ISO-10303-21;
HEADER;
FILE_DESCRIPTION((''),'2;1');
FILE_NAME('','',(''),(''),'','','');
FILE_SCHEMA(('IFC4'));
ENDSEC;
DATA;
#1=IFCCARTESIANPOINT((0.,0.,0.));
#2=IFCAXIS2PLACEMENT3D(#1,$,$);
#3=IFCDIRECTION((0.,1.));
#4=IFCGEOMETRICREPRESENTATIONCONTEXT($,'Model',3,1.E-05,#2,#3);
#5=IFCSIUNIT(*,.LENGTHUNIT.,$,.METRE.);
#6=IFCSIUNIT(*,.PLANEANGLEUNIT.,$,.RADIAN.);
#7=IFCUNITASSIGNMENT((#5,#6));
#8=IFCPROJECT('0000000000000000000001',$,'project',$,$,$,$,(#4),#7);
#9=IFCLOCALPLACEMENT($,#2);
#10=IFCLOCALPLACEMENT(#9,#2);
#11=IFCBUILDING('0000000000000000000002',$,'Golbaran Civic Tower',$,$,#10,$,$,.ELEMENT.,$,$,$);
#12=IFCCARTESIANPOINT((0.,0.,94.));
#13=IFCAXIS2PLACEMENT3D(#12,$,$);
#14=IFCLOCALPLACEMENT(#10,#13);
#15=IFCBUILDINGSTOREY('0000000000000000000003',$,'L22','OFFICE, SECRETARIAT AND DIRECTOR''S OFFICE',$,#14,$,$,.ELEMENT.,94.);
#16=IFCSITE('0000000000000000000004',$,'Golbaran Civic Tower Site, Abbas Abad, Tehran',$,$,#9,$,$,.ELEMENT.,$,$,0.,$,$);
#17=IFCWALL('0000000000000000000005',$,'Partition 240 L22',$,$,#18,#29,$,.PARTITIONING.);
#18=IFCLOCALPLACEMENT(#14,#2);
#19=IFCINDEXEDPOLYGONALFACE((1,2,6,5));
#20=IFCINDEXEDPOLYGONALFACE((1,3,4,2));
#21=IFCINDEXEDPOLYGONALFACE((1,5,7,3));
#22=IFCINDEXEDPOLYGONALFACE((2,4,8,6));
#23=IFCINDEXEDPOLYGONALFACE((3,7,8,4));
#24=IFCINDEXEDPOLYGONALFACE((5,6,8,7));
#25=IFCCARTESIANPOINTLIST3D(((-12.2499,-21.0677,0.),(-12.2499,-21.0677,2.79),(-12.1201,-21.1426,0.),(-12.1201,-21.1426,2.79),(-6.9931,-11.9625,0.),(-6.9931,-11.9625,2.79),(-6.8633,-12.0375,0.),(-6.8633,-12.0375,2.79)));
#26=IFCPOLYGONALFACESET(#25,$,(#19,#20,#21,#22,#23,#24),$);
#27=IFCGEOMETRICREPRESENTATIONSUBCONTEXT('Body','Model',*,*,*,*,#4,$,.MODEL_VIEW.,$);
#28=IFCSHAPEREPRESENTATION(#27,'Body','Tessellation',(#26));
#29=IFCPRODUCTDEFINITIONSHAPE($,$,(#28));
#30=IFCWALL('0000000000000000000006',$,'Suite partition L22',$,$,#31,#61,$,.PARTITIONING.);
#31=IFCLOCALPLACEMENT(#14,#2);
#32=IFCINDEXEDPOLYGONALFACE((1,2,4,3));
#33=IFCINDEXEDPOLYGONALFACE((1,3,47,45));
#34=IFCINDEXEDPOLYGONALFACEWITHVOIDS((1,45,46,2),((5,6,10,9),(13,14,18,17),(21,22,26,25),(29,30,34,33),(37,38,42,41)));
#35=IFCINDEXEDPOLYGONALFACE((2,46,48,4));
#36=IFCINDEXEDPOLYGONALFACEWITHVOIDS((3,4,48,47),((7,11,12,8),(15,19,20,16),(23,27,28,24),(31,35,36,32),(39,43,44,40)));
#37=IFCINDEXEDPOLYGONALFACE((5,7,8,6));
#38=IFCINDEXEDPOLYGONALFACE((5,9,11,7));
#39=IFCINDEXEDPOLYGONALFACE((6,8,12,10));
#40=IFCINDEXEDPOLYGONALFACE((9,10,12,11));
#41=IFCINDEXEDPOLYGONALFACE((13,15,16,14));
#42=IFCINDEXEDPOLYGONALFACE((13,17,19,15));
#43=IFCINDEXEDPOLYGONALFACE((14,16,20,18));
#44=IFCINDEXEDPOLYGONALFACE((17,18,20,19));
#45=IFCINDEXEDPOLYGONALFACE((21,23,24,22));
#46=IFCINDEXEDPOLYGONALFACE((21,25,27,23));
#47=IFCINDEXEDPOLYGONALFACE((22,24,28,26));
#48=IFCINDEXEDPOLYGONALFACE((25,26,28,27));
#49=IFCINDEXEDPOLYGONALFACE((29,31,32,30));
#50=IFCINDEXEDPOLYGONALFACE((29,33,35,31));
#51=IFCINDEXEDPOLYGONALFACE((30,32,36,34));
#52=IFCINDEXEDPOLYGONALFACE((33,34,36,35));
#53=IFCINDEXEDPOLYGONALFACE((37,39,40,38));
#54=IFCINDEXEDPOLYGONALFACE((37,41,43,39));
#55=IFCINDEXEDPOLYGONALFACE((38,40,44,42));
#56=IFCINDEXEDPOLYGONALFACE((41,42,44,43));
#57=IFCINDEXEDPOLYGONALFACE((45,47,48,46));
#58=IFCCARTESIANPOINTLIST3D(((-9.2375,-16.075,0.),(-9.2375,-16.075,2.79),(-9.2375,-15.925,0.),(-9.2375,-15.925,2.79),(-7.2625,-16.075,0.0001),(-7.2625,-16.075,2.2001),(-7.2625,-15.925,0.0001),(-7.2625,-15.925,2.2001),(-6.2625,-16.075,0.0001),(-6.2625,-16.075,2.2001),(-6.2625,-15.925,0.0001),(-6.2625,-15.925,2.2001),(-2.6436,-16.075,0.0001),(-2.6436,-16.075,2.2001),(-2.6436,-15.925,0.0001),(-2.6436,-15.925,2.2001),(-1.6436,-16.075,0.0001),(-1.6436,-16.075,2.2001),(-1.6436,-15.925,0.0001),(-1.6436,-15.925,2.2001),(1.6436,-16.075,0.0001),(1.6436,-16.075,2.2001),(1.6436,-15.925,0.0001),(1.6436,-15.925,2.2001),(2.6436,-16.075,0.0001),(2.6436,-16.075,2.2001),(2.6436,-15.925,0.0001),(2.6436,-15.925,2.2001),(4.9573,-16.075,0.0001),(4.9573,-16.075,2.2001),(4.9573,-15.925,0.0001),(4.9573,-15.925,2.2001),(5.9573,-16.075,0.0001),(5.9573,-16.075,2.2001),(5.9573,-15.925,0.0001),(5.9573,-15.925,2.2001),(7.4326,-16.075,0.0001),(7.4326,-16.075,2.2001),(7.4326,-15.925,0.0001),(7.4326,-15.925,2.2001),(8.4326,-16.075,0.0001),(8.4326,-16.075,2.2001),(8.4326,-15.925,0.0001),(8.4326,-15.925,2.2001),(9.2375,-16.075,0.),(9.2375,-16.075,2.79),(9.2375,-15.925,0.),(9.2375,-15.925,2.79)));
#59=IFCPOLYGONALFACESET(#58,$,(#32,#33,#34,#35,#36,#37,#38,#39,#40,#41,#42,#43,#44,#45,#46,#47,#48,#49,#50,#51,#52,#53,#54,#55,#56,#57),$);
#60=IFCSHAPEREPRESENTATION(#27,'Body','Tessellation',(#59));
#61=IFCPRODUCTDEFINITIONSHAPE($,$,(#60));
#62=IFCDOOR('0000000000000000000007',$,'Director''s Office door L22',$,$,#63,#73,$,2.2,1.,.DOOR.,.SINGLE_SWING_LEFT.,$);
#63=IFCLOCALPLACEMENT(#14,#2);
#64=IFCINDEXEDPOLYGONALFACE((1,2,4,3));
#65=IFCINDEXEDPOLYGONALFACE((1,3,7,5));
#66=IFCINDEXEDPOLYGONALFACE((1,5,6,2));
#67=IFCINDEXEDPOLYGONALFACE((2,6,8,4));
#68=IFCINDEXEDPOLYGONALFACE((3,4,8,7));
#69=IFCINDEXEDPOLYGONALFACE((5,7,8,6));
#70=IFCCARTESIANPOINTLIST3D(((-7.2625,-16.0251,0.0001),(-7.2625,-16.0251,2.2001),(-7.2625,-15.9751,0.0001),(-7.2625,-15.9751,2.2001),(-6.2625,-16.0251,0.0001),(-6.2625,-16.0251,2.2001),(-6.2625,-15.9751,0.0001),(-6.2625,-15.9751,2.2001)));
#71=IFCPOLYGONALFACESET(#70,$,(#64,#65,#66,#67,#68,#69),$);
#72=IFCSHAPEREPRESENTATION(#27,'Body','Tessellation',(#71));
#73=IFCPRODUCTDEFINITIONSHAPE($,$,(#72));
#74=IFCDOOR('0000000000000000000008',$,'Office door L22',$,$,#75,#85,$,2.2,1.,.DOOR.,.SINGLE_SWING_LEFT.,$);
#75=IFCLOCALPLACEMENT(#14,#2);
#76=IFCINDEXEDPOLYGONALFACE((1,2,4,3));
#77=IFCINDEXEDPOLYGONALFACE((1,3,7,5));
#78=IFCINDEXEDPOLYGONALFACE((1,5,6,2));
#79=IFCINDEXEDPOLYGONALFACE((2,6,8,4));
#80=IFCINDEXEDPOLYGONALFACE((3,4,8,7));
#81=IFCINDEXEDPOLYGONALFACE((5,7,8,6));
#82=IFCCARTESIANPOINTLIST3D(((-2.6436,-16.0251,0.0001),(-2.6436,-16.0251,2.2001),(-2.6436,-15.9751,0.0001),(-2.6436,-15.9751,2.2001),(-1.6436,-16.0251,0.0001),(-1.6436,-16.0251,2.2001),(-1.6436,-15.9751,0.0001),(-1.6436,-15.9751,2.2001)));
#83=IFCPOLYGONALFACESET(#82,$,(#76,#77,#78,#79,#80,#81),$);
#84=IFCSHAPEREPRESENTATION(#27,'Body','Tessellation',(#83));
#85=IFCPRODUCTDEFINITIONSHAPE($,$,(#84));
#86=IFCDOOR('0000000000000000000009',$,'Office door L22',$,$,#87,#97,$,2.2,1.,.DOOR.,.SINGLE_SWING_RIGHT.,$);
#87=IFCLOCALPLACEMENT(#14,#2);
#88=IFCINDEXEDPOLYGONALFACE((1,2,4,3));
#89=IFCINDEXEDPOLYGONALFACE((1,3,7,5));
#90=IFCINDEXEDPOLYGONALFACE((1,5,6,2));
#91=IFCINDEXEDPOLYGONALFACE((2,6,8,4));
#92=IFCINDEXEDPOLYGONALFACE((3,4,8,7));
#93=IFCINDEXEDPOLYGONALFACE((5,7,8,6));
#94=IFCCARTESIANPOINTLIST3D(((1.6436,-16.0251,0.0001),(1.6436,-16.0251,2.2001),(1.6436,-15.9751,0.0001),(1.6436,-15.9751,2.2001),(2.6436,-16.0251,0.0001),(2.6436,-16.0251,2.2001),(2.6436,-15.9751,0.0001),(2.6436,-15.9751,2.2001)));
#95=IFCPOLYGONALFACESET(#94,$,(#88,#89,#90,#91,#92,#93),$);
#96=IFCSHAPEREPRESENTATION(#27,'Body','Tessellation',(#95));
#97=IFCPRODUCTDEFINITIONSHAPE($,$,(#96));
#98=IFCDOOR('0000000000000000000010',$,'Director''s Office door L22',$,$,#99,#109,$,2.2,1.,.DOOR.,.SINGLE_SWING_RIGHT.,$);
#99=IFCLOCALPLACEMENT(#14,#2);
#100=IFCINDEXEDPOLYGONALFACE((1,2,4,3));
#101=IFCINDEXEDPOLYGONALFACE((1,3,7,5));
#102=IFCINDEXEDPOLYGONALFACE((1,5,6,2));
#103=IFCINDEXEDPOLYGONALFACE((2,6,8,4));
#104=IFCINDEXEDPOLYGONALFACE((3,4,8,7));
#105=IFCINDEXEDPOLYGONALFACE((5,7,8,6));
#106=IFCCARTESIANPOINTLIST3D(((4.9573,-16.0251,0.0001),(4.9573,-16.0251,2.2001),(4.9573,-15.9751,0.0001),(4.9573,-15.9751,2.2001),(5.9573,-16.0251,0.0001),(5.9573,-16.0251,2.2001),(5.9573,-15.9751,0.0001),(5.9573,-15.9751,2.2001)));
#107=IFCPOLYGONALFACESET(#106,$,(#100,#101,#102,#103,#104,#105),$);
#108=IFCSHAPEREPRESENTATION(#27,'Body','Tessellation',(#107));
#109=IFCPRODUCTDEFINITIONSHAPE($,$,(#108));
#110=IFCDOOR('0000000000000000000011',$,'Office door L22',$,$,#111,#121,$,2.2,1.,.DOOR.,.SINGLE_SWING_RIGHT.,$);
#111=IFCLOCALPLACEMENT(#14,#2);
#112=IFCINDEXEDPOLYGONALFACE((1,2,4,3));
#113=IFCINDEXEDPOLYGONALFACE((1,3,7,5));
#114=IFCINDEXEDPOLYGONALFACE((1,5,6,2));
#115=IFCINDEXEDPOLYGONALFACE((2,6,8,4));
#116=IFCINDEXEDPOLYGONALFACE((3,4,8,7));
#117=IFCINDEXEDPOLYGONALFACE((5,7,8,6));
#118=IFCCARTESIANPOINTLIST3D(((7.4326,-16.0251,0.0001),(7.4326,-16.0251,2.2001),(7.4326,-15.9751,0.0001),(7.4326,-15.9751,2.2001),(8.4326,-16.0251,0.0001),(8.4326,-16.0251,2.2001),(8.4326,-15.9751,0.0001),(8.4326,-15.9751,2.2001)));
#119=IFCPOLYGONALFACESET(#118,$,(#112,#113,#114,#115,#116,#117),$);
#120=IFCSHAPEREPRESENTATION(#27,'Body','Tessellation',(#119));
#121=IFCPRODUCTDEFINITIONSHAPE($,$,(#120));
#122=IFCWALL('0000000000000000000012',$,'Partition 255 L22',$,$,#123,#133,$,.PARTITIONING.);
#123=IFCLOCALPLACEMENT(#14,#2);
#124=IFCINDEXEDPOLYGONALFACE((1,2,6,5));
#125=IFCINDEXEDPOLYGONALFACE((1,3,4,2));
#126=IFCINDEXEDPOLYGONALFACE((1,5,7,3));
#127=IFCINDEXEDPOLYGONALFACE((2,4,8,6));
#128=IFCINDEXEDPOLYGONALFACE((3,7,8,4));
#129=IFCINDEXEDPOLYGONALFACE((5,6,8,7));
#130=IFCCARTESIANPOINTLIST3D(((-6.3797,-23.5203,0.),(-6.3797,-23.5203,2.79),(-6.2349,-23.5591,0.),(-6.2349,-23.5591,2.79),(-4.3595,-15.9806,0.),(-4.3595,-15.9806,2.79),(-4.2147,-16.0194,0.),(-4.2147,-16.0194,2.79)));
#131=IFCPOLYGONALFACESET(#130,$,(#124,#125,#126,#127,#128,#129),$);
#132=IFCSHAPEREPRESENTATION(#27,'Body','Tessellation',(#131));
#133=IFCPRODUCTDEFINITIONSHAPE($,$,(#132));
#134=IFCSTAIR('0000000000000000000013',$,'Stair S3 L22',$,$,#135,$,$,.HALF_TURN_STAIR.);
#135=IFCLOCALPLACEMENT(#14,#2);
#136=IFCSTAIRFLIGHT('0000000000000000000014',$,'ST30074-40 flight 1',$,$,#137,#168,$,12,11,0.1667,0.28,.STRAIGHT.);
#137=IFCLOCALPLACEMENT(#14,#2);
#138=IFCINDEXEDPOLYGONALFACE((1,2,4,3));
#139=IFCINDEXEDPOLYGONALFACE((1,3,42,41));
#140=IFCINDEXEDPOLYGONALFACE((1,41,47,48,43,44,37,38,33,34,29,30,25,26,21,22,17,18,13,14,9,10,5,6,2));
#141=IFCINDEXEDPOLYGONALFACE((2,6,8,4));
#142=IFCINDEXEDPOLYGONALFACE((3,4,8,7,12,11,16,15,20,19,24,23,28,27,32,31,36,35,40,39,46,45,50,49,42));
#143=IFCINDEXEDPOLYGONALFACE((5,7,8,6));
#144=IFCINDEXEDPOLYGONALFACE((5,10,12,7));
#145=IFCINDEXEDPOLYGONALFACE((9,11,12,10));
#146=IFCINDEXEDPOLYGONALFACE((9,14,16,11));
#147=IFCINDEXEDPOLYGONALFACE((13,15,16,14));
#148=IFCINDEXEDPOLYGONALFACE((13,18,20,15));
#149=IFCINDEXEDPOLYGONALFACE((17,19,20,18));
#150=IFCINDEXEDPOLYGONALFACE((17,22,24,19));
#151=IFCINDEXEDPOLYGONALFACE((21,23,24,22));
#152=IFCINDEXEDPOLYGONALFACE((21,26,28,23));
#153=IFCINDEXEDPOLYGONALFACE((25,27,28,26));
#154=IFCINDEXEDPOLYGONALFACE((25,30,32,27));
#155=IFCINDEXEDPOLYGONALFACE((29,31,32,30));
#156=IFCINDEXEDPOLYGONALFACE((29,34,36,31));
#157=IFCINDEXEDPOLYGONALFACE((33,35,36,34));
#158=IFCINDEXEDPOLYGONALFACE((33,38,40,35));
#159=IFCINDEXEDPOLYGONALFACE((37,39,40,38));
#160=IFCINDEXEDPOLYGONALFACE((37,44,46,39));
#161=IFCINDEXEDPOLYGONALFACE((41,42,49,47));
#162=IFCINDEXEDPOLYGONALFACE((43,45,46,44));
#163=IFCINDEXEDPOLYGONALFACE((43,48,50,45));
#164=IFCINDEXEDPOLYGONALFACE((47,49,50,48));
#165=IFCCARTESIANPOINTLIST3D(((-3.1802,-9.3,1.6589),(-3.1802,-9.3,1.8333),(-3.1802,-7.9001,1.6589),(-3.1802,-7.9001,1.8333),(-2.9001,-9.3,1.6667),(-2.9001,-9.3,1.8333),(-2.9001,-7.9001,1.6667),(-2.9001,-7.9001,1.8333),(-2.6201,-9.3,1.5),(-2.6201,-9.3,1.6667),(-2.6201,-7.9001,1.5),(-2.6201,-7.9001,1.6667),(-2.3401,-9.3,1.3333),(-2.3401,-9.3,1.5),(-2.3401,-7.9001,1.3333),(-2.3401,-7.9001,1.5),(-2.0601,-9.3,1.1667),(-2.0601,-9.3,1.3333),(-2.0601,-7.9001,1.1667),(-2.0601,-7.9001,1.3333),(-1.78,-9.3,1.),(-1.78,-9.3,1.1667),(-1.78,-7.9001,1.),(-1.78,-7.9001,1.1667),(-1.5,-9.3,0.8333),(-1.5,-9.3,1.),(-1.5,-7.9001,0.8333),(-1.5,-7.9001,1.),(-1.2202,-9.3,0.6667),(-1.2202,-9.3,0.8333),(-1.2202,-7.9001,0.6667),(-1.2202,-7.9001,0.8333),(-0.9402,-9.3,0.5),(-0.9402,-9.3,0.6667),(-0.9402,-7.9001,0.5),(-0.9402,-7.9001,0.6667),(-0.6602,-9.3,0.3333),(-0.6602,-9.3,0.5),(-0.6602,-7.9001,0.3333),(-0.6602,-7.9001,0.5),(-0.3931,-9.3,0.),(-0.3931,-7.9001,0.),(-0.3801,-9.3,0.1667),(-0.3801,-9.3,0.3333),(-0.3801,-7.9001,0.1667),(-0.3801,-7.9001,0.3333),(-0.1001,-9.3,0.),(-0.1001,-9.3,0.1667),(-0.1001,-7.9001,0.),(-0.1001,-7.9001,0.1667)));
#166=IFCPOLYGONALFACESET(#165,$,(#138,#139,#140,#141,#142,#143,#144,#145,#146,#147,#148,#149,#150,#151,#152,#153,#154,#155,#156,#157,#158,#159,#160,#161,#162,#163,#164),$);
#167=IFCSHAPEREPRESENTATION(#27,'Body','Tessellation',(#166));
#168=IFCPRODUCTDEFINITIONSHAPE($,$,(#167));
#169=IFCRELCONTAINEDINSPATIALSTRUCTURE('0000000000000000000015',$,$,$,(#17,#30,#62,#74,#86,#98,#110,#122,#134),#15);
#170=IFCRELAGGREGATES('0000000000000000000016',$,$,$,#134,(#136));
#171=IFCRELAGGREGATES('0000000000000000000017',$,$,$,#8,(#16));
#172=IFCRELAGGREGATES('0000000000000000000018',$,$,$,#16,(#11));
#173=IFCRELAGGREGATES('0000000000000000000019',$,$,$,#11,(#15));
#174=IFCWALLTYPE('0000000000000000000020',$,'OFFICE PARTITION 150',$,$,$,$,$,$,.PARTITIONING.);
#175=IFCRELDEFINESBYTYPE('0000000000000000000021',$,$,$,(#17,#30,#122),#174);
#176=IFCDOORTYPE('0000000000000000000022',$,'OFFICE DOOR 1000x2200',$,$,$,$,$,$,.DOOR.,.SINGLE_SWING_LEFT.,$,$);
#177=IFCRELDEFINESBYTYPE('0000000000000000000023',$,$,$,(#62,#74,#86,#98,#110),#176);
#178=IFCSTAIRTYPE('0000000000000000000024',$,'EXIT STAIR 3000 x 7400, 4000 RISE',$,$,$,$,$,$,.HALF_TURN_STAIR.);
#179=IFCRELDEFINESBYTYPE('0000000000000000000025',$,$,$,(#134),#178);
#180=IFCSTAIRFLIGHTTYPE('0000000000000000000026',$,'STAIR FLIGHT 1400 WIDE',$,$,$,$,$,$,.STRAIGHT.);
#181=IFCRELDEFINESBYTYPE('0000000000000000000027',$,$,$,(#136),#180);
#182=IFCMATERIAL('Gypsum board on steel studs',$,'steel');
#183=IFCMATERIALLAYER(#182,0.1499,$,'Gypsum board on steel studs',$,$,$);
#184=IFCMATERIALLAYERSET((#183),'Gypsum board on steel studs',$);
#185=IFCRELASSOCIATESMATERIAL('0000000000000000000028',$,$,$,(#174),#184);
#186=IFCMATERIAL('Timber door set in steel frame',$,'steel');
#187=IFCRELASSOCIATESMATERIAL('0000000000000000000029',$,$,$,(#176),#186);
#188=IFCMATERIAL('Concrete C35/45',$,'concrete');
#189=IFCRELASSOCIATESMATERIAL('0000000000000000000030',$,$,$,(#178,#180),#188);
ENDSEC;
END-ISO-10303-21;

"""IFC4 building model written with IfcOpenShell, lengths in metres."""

from ifc_helpers import new_model, si_unit, direction, frame, frame_2d, origin, place, context, subcontext, project, spatial, polyline, rectangle, outline, extrude, material, layer, layer_set, type_object, element, fill, aggregate, save


model = new_model("IFC4")

# Units and contexts
model_context = context("Model", 3, precision=1e-05, world=origin(), true_north=direction((0.0, 1.0)))
body_context = subcontext(model_context, "Body", "Model", "MODEL_VIEW")
ifc_project = project(units=[si_unit("LENGTHUNIT", "METRE"), si_unit("PLANEANGLEUNIT", "RADIAN")], contexts=[model_context])

# Site, building, storey
site_placement = place(None, origin())
site = spatial("IfcSite", under=ifc_project, at=site_placement, Name="Golbaran Civic Tower Site, Abbas Abad, Tehran", CompositionType="ELEMENT", RefElevation=0.0)
building_placement = place(site_placement, origin())
building = spatial("IfcBuilding", under=site, at=building_placement, Name="Golbaran Civic Tower", CompositionType="ELEMENT")
storey_placement = place(building_placement, frame((0.0, 0.0, 94.0)))
storey = spatial("IfcBuildingStorey", under=building, at=storey_placement, Name="L22", Description="OFFICE, SECRETARIAT AND DIRECTOR'S OFFICE", CompositionType="ELEMENT", Elevation=94.0)

# Shared definitions
ifc_material_1 = material(Name="Timber door set in steel frame", Category="steel")

# Wall
ifc_material_2 = material(Name="Gypsum board on steel studs", Category="steel")
ifc_layer_1 = layer(ifc_material_2, 0.1499, Name="Gypsum board on steel studs")
ifc_layer_set_1 = layer_set([ifc_layer_1], Name="Gypsum board on steel studs")
wall_type_1 = type_object("IfcWallType", Name="OFFICE PARTITION 150", PredefinedType="PARTITIONING", material=ifc_layer_set_1)
wall_1_placement = place(storey_placement, frame((-6.9282, -12.0, 0.0), z_axis=(0.0, 0.0, 1.0), x_axis=(-0.499995, -0.866028, 0.0)))
element("IfcWall", 1, at=wall_1_placement, inside=storey, type_object=wall_type_1, Name="Partition 240 L22", PredefinedType="PARTITIONING", context=body_context, shape_type="SweptSolid", body=[
    extrude(rectangle(XDim=10.5137, YDim=0.1499, at=frame_2d((5.2568, 0.0))), origin(), (0.0, 0.0, 1.0), 2.79),
])

# Wall, openings, doors
wall_2_placement = place(storey_placement, frame((-9.2375, -16.0, 0.0), z_axis=(0.0, 0.0, 1.0), x_axis=(1.0, 0.0, 0.0)))
wall_2 = element("IfcWall", 2, at=wall_2_placement, inside=storey, type_object=wall_type_1, Name="Suite partition L22", PredefinedType="PARTITIONING", context=body_context, shape_type="SweptSolid", body=[
    extrude(rectangle(XDim=18.4751, YDim=0.1499, at=frame_2d((9.2375, 0.0))), origin(), (0.0, 0.0, 1.0), 2.79),
])
opening_1_placement = place(wall_2_placement, frame((1.9751, 0.0, 0.0)))
opening_1 = element("IfcOpeningElement", 3, at=opening_1_placement, cuts=wall_2, PredefinedType="OPENING", context=body_context, shape_type="SweptSolid", body=[
    extrude(rectangle(XDim=1.0, YDim=2.2, at=frame_2d((0.5, 1.1001))), frame((0.0, 0.085, 0.0), z_axis=(0.0, -1.0, 0.0), x_axis=(1.0, 0.0, 0.0)), (0.0, 0.0, 1.0), 0.1699),
])
opening_2_placement = place(wall_2_placement, frame((6.594, 0.0, 0.0)))
opening_2 = element("IfcOpeningElement", 4, at=opening_2_placement, cuts=wall_2, PredefinedType="OPENING", context=body_context, shape_type="SweptSolid", body=[
    extrude(rectangle(XDim=1.0, YDim=2.2, at=frame_2d((0.5, 1.1001))), frame((0.0, 0.085, 0.0), z_axis=(0.0, -1.0, 0.0), x_axis=(1.0, 0.0, 0.0)), (0.0, 0.0, 1.0), 0.1699),
])
opening_3_placement = place(wall_2_placement, frame((10.8811, 0.0, 0.0)))
opening_3 = element("IfcOpeningElement", 5, at=opening_3_placement, cuts=wall_2, PredefinedType="OPENING", context=body_context, shape_type="SweptSolid", body=[
    extrude(rectangle(XDim=1.0, YDim=2.2, at=frame_2d((0.5, 1.1001))), frame((0.0, 0.085, 0.0), z_axis=(0.0, -1.0, 0.0), x_axis=(1.0, 0.0, 0.0)), (0.0, 0.0, 1.0), 0.1699),
])
opening_4_placement = place(wall_2_placement, frame((14.1948, 0.0, 0.0)))
opening_4 = element("IfcOpeningElement", 6, at=opening_4_placement, cuts=wall_2, PredefinedType="OPENING", context=body_context, shape_type="SweptSolid", body=[
    extrude(rectangle(XDim=1.0, YDim=2.2, at=frame_2d((0.5, 1.1001))), frame((0.0, 0.085, 0.0), z_axis=(0.0, -1.0, 0.0), x_axis=(1.0, 0.0, 0.0)), (0.0, 0.0, 1.0), 0.1699),
])
opening_5_placement = place(wall_2_placement, frame((16.6702, 0.0, 0.0)))
opening_5 = element("IfcOpeningElement", 7, at=opening_5_placement, cuts=wall_2, PredefinedType="OPENING", context=body_context, shape_type="SweptSolid", body=[
    extrude(rectangle(XDim=1.0, YDim=2.2, at=frame_2d((0.5, 1.1001))), frame((0.0, 0.085, 0.0), z_axis=(0.0, -1.0, 0.0), x_axis=(1.0, 0.0, 0.0)), (0.0, 0.0, 1.0), 0.1699),
])
door_type_1 = type_object("IfcDoorType", Name="OFFICE DOOR 1000x2200", OperationType="SINGLE_SWING_LEFT", PredefinedType="DOOR", material=ifc_material_1)
door_1_placement = place(opening_1_placement, origin())
door_1 = element("IfcDoor", 8, at=door_1_placement, inside=storey, type_object=door_type_1, Name="Director's Office door L22", OperationType="SINGLE_SWING_LEFT", OverallHeight=2.2, OverallWidth=1.0, PredefinedType="DOOR", context=body_context, shape_type="SweptSolid", body=[
    extrude(rectangle(XDim=1.0, YDim=2.2, at=frame_2d((0.5, 1.1001))), frame((0.0, 0.0249, 0.0), z_axis=(0.0, -1.0, 0.0), x_axis=(1.0, 0.0, 0.0)), (0.0, 0.0, 1.0), 0.05),
])
fill(opening_1, door_1)
door_2_placement = place(opening_2_placement, origin())
door_2 = element("IfcDoor", 9, at=door_2_placement, inside=storey, type_object=door_type_1, Name="Office door L22", OperationType="SINGLE_SWING_LEFT", OverallHeight=2.2, OverallWidth=1.0, PredefinedType="DOOR", context=body_context, shape_type="SweptSolid", body=[
    extrude(rectangle(XDim=1.0, YDim=2.2, at=frame_2d((0.5, 1.1001))), frame((0.0, 0.0249, 0.0), z_axis=(0.0, -1.0, 0.0), x_axis=(1.0, 0.0, 0.0)), (0.0, 0.0, 1.0), 0.05),
])
fill(opening_2, door_2)
door_3_placement = place(opening_3_placement, origin())
door_3 = element("IfcDoor", 10, at=door_3_placement, inside=storey, type_object=door_type_1, Name="Office door L22", OperationType="SINGLE_SWING_RIGHT", OverallHeight=2.2, OverallWidth=1.0, PredefinedType="DOOR", context=body_context, shape_type="SweptSolid", body=[
    extrude(rectangle(XDim=1.0, YDim=2.2, at=frame_2d((0.5, 1.1001))), frame((0.0, 0.0249, 0.0), z_axis=(0.0, -1.0, 0.0), x_axis=(1.0, 0.0, 0.0)), (0.0, 0.0, 1.0), 0.05),
])
fill(opening_3, door_3)
door_4_placement = place(opening_4_placement, origin())
door_4 = element("IfcDoor", 11, at=door_4_placement, inside=storey, type_object=door_type_1, Name="Director's Office door L22", OperationType="SINGLE_SWING_RIGHT", OverallHeight=2.2, OverallWidth=1.0, PredefinedType="DOOR", context=body_context, shape_type="SweptSolid", body=[
    extrude(rectangle(XDim=1.0, YDim=2.2, at=frame_2d((0.5, 1.1001))), frame((0.0, 0.0249, 0.0), z_axis=(0.0, -1.0, 0.0), x_axis=(1.0, 0.0, 0.0)), (0.0, 0.0, 1.0), 0.05),
])
fill(opening_4, door_4)
door_5_placement = place(opening_5_placement, origin())
door_5 = element("IfcDoor", 12, at=door_5_placement, inside=storey, type_object=door_type_1, Name="Office door L22", OperationType="SINGLE_SWING_RIGHT", OverallHeight=2.2, OverallWidth=1.0, PredefinedType="DOOR", context=body_context, shape_type="SweptSolid", body=[
    extrude(rectangle(XDim=1.0, YDim=2.2, at=frame_2d((0.5, 1.1001))), frame((0.0, 0.0249, 0.0), z_axis=(0.0, -1.0, 0.0), x_axis=(1.0, 0.0, 0.0)), (0.0, 0.0, 1.0), 0.05),
])
fill(opening_5, door_5)

# Wall
wall_3_placement = place(storey_placement, frame((-4.2871, -16.0, 0.0), z_axis=(0.0, 0.0, 1.0), x_axis=(-0.258817, -0.965926, 0.0)))
element("IfcWall", 13, at=wall_3_placement, inside=storey, type_object=wall_type_1, Name="Partition 255 L22", PredefinedType="PARTITIONING", context=body_context, shape_type="SweptSolid", body=[
    extrude(rectangle(XDim=7.8057, YDim=0.1499, at=frame_2d((3.9028, 0.0))), origin(), (0.0, 0.0, 1.0), 2.79),
])

# Stair, stair flight
ifc_material_3 = material(Name="Concrete C35/45", Category="concrete")
stair_type = type_object("IfcStairType", Name="EXIT STAIR 3000 x 7400, 4000 RISE", PredefinedType="HALF_TURN_STAIR", material=ifc_material_3)
stair_placement = place(storey_placement, origin())
stair = element("IfcStair", 14, at=stair_placement, inside=storey, type_object=stair_type, Name="Stair S3 L22", PredefinedType="HALF_TURN_STAIR")
stair_flight_type = type_object("IfcStairFlightType", Name="STAIR FLIGHT 1400 WIDE", PredefinedType="STRAIGHT", material=ifc_material_3)
stair_flight_placement = place(storey_placement, frame((-0.1001, -8.6001, 0.0), z_axis=(0.0, 0.0, 1.0), x_axis=(-1.0, 0.0, 0.0)))
stair_flight = element("IfcStairFlight", 15, at=stair_flight_placement, type_object=stair_flight_type, Name="ST30074-40 flight 1", NumberOfRisers=12, NumberOfTreads=11, PredefinedType="STRAIGHT", RiserHeight=0.1667, TreadLength=0.28, context=body_context, shape_type="SweptSolid", body=[
    extrude(outline(polyline([(0.0, 0.0), (0.0, 0.1667), (0.28, 0.1667), (0.28, 0.3333), (0.5601, 0.3333), (0.5601, 0.5), (0.8401, 0.5), (0.8401, 0.6667), (1.1201, 0.6667), (1.1201, 0.8333), (1.3999, 0.8333), (1.3999, 1.0), (1.6799, 1.0), (1.6799, 1.1667), (1.96, 1.1667), (1.96, 1.3333), (2.24, 1.3333), (2.24, 1.5), (2.52, 1.5), (2.52, 1.6667), (2.8, 1.6667), (2.8, 1.8333), (3.0801, 1.8333), (3.0801, 2.0), (3.0801, 1.6589), (0.293, 0.0), (0.0, 0.0)])), frame((0.0, 0.7, 0.0), z_axis=(0.0, -1.0, 0.0), x_axis=(1.0, 0.0, 0.0)), (0.0, 0.0, 1.0), 1.3999),
])
aggregate(stair, [stair_flight])

save(model, "model.ifc")
